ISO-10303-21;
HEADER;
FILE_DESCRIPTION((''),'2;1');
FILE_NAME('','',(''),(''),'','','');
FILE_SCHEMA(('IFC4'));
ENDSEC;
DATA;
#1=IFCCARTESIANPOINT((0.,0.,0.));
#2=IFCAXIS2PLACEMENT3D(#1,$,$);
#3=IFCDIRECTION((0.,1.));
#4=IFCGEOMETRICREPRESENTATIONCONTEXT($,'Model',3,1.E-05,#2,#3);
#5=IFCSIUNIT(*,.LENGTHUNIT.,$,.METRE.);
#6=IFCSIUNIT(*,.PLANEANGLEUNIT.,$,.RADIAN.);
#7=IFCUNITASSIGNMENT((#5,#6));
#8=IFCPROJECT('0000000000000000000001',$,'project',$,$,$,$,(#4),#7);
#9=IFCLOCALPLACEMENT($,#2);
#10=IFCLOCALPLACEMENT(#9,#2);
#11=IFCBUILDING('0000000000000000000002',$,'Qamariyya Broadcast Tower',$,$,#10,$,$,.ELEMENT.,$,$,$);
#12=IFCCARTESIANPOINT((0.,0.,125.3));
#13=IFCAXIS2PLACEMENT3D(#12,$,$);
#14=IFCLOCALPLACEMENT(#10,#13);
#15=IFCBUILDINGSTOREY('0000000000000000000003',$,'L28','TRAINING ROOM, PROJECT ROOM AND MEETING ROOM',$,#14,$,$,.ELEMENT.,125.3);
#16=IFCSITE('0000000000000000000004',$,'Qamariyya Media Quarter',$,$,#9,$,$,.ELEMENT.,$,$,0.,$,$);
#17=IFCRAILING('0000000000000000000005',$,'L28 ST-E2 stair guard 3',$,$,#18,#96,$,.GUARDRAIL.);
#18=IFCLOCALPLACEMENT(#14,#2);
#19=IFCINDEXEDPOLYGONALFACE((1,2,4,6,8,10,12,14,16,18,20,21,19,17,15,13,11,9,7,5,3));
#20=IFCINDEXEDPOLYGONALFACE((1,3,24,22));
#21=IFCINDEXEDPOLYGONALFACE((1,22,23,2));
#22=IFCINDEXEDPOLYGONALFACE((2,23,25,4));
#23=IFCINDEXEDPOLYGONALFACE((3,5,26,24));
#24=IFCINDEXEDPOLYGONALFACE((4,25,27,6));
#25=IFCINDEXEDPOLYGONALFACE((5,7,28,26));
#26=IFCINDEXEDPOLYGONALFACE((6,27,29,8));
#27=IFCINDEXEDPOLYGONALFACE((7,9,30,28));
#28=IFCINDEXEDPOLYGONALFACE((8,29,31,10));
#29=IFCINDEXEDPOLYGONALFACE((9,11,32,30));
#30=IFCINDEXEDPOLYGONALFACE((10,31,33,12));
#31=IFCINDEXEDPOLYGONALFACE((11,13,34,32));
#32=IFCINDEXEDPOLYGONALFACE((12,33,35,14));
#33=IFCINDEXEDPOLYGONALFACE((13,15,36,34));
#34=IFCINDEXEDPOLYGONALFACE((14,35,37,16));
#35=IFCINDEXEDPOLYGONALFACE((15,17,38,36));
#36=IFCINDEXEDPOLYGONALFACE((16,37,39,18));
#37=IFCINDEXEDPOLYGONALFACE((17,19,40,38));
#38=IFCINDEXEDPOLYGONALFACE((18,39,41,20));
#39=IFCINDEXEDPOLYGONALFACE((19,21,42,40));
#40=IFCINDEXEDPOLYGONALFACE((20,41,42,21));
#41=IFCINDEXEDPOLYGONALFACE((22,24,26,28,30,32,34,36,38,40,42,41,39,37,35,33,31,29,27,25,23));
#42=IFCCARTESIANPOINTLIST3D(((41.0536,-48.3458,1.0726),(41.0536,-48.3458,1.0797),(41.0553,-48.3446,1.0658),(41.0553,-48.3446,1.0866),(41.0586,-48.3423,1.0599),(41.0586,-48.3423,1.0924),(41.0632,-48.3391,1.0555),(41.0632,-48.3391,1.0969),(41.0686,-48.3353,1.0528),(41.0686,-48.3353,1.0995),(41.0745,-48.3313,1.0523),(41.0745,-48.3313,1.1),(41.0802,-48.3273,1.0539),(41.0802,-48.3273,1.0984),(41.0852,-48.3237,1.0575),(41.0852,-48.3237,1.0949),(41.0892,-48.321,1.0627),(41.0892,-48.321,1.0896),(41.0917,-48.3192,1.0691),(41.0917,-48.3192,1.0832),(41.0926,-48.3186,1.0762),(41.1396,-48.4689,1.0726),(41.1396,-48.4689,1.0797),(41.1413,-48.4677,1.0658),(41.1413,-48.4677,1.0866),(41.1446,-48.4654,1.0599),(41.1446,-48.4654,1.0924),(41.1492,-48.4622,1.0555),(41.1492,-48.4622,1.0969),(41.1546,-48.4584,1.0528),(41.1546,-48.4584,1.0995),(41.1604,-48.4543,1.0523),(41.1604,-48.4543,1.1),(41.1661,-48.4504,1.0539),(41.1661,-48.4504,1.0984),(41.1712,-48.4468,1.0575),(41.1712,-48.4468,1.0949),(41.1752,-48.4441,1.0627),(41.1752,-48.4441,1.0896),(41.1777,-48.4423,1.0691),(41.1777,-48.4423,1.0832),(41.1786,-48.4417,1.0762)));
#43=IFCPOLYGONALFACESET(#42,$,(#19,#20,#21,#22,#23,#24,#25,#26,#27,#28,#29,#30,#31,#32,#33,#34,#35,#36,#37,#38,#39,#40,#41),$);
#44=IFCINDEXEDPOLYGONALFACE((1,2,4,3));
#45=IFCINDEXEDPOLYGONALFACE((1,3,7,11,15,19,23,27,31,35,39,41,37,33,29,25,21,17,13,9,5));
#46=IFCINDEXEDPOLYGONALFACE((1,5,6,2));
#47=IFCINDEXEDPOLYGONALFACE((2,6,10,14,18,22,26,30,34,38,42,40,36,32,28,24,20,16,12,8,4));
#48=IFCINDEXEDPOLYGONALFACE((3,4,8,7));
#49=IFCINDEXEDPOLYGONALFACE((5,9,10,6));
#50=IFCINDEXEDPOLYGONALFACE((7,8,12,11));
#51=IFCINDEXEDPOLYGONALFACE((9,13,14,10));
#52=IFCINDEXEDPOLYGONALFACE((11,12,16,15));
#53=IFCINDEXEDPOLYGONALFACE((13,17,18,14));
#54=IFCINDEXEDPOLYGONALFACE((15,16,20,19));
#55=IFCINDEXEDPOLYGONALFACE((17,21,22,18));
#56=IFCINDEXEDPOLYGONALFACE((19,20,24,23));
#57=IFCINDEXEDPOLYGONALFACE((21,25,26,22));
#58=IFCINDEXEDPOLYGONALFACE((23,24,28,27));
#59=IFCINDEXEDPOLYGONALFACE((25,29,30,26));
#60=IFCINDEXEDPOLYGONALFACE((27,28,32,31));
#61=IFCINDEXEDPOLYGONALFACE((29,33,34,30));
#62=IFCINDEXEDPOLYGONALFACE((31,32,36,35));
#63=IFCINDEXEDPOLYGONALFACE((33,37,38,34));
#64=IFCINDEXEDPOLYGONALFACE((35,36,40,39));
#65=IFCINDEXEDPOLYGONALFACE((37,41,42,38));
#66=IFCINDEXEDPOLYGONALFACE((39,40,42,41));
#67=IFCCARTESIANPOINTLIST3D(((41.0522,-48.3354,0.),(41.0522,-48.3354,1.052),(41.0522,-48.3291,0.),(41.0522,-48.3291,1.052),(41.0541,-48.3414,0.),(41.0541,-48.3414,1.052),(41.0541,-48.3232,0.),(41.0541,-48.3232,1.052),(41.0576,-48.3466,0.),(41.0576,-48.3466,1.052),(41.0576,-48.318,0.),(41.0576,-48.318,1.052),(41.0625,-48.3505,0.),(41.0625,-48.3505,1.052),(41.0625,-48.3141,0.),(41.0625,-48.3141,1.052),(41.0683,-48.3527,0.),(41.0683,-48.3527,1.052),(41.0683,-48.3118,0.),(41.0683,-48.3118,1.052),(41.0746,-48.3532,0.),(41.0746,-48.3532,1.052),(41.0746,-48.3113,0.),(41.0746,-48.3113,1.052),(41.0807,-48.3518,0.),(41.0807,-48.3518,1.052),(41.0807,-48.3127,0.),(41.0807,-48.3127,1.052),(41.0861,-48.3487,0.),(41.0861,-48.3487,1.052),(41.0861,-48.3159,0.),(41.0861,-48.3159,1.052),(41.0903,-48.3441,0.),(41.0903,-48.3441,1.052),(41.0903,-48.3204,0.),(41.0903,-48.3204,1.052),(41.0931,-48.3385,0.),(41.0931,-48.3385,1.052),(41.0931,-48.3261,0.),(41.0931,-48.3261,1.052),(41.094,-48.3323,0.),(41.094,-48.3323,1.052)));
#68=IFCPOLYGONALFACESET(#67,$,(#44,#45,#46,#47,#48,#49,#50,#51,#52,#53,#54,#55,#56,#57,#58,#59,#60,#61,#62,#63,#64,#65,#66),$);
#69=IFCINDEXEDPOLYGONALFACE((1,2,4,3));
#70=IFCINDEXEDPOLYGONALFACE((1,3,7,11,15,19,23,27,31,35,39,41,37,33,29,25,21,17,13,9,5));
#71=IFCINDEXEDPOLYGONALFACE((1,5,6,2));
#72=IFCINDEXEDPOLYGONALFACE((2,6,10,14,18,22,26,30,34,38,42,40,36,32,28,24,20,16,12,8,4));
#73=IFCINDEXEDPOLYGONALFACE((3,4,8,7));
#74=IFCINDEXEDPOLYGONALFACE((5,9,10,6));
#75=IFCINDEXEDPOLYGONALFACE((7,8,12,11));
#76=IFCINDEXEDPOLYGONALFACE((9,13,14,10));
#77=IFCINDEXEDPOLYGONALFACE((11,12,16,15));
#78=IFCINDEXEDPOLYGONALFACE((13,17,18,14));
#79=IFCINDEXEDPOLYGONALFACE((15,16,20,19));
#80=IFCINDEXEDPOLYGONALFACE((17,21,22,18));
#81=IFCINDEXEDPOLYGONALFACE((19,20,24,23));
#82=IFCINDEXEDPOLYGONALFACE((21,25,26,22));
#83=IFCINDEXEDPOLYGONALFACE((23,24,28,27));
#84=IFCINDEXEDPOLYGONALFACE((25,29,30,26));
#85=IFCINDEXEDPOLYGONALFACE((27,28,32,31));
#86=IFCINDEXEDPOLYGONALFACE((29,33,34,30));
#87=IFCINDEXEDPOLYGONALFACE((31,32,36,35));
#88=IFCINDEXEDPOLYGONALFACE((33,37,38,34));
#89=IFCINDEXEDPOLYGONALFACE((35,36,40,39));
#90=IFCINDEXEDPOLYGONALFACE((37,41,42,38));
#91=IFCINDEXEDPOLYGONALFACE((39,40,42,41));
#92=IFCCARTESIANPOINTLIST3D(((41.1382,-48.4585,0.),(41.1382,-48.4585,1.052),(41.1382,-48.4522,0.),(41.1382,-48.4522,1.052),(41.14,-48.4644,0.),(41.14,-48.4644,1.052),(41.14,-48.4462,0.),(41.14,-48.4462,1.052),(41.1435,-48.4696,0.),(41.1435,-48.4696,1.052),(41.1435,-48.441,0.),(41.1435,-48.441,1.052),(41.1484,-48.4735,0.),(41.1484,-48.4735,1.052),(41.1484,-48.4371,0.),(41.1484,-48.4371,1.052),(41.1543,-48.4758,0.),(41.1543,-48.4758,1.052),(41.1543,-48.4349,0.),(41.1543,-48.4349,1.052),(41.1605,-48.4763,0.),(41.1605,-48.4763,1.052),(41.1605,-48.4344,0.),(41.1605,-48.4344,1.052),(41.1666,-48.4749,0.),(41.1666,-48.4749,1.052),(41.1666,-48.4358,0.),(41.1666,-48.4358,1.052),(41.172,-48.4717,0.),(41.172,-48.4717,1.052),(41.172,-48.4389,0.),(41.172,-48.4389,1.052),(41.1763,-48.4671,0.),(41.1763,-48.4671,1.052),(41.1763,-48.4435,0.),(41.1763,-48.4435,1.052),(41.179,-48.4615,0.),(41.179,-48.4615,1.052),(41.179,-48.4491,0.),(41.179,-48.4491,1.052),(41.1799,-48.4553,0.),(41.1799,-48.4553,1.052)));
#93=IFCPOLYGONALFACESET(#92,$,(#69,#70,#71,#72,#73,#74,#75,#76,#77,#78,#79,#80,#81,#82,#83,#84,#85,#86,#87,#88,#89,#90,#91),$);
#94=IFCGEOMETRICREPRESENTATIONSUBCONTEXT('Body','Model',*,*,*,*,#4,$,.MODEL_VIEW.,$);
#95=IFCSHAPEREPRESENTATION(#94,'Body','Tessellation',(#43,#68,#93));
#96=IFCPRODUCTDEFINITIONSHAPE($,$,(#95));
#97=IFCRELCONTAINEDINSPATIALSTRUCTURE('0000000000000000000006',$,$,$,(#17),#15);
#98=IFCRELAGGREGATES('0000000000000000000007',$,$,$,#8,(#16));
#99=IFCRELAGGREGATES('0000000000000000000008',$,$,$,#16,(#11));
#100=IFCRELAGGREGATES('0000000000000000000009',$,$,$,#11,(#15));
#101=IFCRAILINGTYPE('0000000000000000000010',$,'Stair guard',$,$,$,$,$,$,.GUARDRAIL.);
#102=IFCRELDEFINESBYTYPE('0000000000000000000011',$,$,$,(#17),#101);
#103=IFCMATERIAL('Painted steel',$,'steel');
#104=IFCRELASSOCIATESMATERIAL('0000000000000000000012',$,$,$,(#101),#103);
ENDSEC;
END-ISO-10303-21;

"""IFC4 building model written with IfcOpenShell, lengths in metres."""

from ifc_helpers import new_model, si_unit, direction, frame, origin, origin_2d, place, context, subcontext, project, spatial, circle, extrude, material, type_object, element, save


model = new_model("IFC4")

# Units and contexts
model_context = context("Model", 3, precision=1e-05, world=origin(), true_north=direction((0.0, 1.0)))
body_context = subcontext(model_context, "Body", "Model", "MODEL_VIEW")
ifc_project = project(units=[si_unit("LENGTHUNIT", "METRE"), si_unit("PLANEANGLEUNIT", "RADIAN")], contexts=[model_context])

# Site, building, storey
site_placement = place(None, origin())
site = spatial("IfcSite", under=ifc_project, at=site_placement, Name="Qamariyya Media Quarter", CompositionType="ELEMENT", RefElevation=0.0)
building_placement = place(site_placement, origin())
building = spatial("IfcBuilding", under=site, at=building_placement, Name="Qamariyya Broadcast Tower", CompositionType="ELEMENT")
storey_placement = place(building_placement, frame((0.0, 0.0, 125.3)))
storey = spatial("IfcBuildingStorey", under=building, at=storey_placement, Name="L28", Description="TRAINING ROOM, PROJECT ROOM AND MEETING ROOM", CompositionType="ELEMENT", Elevation=125.3)

# Railing
ifc_material_1 = material(Name="Painted steel", Category="steel")
railing_type_1 = type_object("IfcRailingType", Name="Stair guard", PredefinedType="GUARDRAIL", material=ifc_material_1)
railing_1_placement = place(storey_placement, frame((41.073, -48.3323, 0.0)))
element("IfcRailing", 1, at=railing_1_placement, inside=storey, type_object=railing_type_1, Name="L28 ST-E2 stair guard 3", PredefinedType="GUARDRAIL", context=body_context, shape_type="SweptSolid", body=[
    extrude(circle(Radius=0.0239, at=origin_2d()), frame((0.0, 0.0, 1.0762), z_axis=(0.572589, -0.819843, 0.0), x_axis=(0.819843, 0.572589, 0.0)), (0.0, 0.0, 1.0), 0.1501),
    extrude(circle(Radius=0.021, at=origin_2d()), origin(), (0.0, 0.0, 1.0), 1.052),
    extrude(circle(Radius=0.021, at=origin_2d()), frame((0.0859, -0.123, 0.0)), (0.0, 0.0, 1.0), 1.052),
])

save(model, "model.ifc")
